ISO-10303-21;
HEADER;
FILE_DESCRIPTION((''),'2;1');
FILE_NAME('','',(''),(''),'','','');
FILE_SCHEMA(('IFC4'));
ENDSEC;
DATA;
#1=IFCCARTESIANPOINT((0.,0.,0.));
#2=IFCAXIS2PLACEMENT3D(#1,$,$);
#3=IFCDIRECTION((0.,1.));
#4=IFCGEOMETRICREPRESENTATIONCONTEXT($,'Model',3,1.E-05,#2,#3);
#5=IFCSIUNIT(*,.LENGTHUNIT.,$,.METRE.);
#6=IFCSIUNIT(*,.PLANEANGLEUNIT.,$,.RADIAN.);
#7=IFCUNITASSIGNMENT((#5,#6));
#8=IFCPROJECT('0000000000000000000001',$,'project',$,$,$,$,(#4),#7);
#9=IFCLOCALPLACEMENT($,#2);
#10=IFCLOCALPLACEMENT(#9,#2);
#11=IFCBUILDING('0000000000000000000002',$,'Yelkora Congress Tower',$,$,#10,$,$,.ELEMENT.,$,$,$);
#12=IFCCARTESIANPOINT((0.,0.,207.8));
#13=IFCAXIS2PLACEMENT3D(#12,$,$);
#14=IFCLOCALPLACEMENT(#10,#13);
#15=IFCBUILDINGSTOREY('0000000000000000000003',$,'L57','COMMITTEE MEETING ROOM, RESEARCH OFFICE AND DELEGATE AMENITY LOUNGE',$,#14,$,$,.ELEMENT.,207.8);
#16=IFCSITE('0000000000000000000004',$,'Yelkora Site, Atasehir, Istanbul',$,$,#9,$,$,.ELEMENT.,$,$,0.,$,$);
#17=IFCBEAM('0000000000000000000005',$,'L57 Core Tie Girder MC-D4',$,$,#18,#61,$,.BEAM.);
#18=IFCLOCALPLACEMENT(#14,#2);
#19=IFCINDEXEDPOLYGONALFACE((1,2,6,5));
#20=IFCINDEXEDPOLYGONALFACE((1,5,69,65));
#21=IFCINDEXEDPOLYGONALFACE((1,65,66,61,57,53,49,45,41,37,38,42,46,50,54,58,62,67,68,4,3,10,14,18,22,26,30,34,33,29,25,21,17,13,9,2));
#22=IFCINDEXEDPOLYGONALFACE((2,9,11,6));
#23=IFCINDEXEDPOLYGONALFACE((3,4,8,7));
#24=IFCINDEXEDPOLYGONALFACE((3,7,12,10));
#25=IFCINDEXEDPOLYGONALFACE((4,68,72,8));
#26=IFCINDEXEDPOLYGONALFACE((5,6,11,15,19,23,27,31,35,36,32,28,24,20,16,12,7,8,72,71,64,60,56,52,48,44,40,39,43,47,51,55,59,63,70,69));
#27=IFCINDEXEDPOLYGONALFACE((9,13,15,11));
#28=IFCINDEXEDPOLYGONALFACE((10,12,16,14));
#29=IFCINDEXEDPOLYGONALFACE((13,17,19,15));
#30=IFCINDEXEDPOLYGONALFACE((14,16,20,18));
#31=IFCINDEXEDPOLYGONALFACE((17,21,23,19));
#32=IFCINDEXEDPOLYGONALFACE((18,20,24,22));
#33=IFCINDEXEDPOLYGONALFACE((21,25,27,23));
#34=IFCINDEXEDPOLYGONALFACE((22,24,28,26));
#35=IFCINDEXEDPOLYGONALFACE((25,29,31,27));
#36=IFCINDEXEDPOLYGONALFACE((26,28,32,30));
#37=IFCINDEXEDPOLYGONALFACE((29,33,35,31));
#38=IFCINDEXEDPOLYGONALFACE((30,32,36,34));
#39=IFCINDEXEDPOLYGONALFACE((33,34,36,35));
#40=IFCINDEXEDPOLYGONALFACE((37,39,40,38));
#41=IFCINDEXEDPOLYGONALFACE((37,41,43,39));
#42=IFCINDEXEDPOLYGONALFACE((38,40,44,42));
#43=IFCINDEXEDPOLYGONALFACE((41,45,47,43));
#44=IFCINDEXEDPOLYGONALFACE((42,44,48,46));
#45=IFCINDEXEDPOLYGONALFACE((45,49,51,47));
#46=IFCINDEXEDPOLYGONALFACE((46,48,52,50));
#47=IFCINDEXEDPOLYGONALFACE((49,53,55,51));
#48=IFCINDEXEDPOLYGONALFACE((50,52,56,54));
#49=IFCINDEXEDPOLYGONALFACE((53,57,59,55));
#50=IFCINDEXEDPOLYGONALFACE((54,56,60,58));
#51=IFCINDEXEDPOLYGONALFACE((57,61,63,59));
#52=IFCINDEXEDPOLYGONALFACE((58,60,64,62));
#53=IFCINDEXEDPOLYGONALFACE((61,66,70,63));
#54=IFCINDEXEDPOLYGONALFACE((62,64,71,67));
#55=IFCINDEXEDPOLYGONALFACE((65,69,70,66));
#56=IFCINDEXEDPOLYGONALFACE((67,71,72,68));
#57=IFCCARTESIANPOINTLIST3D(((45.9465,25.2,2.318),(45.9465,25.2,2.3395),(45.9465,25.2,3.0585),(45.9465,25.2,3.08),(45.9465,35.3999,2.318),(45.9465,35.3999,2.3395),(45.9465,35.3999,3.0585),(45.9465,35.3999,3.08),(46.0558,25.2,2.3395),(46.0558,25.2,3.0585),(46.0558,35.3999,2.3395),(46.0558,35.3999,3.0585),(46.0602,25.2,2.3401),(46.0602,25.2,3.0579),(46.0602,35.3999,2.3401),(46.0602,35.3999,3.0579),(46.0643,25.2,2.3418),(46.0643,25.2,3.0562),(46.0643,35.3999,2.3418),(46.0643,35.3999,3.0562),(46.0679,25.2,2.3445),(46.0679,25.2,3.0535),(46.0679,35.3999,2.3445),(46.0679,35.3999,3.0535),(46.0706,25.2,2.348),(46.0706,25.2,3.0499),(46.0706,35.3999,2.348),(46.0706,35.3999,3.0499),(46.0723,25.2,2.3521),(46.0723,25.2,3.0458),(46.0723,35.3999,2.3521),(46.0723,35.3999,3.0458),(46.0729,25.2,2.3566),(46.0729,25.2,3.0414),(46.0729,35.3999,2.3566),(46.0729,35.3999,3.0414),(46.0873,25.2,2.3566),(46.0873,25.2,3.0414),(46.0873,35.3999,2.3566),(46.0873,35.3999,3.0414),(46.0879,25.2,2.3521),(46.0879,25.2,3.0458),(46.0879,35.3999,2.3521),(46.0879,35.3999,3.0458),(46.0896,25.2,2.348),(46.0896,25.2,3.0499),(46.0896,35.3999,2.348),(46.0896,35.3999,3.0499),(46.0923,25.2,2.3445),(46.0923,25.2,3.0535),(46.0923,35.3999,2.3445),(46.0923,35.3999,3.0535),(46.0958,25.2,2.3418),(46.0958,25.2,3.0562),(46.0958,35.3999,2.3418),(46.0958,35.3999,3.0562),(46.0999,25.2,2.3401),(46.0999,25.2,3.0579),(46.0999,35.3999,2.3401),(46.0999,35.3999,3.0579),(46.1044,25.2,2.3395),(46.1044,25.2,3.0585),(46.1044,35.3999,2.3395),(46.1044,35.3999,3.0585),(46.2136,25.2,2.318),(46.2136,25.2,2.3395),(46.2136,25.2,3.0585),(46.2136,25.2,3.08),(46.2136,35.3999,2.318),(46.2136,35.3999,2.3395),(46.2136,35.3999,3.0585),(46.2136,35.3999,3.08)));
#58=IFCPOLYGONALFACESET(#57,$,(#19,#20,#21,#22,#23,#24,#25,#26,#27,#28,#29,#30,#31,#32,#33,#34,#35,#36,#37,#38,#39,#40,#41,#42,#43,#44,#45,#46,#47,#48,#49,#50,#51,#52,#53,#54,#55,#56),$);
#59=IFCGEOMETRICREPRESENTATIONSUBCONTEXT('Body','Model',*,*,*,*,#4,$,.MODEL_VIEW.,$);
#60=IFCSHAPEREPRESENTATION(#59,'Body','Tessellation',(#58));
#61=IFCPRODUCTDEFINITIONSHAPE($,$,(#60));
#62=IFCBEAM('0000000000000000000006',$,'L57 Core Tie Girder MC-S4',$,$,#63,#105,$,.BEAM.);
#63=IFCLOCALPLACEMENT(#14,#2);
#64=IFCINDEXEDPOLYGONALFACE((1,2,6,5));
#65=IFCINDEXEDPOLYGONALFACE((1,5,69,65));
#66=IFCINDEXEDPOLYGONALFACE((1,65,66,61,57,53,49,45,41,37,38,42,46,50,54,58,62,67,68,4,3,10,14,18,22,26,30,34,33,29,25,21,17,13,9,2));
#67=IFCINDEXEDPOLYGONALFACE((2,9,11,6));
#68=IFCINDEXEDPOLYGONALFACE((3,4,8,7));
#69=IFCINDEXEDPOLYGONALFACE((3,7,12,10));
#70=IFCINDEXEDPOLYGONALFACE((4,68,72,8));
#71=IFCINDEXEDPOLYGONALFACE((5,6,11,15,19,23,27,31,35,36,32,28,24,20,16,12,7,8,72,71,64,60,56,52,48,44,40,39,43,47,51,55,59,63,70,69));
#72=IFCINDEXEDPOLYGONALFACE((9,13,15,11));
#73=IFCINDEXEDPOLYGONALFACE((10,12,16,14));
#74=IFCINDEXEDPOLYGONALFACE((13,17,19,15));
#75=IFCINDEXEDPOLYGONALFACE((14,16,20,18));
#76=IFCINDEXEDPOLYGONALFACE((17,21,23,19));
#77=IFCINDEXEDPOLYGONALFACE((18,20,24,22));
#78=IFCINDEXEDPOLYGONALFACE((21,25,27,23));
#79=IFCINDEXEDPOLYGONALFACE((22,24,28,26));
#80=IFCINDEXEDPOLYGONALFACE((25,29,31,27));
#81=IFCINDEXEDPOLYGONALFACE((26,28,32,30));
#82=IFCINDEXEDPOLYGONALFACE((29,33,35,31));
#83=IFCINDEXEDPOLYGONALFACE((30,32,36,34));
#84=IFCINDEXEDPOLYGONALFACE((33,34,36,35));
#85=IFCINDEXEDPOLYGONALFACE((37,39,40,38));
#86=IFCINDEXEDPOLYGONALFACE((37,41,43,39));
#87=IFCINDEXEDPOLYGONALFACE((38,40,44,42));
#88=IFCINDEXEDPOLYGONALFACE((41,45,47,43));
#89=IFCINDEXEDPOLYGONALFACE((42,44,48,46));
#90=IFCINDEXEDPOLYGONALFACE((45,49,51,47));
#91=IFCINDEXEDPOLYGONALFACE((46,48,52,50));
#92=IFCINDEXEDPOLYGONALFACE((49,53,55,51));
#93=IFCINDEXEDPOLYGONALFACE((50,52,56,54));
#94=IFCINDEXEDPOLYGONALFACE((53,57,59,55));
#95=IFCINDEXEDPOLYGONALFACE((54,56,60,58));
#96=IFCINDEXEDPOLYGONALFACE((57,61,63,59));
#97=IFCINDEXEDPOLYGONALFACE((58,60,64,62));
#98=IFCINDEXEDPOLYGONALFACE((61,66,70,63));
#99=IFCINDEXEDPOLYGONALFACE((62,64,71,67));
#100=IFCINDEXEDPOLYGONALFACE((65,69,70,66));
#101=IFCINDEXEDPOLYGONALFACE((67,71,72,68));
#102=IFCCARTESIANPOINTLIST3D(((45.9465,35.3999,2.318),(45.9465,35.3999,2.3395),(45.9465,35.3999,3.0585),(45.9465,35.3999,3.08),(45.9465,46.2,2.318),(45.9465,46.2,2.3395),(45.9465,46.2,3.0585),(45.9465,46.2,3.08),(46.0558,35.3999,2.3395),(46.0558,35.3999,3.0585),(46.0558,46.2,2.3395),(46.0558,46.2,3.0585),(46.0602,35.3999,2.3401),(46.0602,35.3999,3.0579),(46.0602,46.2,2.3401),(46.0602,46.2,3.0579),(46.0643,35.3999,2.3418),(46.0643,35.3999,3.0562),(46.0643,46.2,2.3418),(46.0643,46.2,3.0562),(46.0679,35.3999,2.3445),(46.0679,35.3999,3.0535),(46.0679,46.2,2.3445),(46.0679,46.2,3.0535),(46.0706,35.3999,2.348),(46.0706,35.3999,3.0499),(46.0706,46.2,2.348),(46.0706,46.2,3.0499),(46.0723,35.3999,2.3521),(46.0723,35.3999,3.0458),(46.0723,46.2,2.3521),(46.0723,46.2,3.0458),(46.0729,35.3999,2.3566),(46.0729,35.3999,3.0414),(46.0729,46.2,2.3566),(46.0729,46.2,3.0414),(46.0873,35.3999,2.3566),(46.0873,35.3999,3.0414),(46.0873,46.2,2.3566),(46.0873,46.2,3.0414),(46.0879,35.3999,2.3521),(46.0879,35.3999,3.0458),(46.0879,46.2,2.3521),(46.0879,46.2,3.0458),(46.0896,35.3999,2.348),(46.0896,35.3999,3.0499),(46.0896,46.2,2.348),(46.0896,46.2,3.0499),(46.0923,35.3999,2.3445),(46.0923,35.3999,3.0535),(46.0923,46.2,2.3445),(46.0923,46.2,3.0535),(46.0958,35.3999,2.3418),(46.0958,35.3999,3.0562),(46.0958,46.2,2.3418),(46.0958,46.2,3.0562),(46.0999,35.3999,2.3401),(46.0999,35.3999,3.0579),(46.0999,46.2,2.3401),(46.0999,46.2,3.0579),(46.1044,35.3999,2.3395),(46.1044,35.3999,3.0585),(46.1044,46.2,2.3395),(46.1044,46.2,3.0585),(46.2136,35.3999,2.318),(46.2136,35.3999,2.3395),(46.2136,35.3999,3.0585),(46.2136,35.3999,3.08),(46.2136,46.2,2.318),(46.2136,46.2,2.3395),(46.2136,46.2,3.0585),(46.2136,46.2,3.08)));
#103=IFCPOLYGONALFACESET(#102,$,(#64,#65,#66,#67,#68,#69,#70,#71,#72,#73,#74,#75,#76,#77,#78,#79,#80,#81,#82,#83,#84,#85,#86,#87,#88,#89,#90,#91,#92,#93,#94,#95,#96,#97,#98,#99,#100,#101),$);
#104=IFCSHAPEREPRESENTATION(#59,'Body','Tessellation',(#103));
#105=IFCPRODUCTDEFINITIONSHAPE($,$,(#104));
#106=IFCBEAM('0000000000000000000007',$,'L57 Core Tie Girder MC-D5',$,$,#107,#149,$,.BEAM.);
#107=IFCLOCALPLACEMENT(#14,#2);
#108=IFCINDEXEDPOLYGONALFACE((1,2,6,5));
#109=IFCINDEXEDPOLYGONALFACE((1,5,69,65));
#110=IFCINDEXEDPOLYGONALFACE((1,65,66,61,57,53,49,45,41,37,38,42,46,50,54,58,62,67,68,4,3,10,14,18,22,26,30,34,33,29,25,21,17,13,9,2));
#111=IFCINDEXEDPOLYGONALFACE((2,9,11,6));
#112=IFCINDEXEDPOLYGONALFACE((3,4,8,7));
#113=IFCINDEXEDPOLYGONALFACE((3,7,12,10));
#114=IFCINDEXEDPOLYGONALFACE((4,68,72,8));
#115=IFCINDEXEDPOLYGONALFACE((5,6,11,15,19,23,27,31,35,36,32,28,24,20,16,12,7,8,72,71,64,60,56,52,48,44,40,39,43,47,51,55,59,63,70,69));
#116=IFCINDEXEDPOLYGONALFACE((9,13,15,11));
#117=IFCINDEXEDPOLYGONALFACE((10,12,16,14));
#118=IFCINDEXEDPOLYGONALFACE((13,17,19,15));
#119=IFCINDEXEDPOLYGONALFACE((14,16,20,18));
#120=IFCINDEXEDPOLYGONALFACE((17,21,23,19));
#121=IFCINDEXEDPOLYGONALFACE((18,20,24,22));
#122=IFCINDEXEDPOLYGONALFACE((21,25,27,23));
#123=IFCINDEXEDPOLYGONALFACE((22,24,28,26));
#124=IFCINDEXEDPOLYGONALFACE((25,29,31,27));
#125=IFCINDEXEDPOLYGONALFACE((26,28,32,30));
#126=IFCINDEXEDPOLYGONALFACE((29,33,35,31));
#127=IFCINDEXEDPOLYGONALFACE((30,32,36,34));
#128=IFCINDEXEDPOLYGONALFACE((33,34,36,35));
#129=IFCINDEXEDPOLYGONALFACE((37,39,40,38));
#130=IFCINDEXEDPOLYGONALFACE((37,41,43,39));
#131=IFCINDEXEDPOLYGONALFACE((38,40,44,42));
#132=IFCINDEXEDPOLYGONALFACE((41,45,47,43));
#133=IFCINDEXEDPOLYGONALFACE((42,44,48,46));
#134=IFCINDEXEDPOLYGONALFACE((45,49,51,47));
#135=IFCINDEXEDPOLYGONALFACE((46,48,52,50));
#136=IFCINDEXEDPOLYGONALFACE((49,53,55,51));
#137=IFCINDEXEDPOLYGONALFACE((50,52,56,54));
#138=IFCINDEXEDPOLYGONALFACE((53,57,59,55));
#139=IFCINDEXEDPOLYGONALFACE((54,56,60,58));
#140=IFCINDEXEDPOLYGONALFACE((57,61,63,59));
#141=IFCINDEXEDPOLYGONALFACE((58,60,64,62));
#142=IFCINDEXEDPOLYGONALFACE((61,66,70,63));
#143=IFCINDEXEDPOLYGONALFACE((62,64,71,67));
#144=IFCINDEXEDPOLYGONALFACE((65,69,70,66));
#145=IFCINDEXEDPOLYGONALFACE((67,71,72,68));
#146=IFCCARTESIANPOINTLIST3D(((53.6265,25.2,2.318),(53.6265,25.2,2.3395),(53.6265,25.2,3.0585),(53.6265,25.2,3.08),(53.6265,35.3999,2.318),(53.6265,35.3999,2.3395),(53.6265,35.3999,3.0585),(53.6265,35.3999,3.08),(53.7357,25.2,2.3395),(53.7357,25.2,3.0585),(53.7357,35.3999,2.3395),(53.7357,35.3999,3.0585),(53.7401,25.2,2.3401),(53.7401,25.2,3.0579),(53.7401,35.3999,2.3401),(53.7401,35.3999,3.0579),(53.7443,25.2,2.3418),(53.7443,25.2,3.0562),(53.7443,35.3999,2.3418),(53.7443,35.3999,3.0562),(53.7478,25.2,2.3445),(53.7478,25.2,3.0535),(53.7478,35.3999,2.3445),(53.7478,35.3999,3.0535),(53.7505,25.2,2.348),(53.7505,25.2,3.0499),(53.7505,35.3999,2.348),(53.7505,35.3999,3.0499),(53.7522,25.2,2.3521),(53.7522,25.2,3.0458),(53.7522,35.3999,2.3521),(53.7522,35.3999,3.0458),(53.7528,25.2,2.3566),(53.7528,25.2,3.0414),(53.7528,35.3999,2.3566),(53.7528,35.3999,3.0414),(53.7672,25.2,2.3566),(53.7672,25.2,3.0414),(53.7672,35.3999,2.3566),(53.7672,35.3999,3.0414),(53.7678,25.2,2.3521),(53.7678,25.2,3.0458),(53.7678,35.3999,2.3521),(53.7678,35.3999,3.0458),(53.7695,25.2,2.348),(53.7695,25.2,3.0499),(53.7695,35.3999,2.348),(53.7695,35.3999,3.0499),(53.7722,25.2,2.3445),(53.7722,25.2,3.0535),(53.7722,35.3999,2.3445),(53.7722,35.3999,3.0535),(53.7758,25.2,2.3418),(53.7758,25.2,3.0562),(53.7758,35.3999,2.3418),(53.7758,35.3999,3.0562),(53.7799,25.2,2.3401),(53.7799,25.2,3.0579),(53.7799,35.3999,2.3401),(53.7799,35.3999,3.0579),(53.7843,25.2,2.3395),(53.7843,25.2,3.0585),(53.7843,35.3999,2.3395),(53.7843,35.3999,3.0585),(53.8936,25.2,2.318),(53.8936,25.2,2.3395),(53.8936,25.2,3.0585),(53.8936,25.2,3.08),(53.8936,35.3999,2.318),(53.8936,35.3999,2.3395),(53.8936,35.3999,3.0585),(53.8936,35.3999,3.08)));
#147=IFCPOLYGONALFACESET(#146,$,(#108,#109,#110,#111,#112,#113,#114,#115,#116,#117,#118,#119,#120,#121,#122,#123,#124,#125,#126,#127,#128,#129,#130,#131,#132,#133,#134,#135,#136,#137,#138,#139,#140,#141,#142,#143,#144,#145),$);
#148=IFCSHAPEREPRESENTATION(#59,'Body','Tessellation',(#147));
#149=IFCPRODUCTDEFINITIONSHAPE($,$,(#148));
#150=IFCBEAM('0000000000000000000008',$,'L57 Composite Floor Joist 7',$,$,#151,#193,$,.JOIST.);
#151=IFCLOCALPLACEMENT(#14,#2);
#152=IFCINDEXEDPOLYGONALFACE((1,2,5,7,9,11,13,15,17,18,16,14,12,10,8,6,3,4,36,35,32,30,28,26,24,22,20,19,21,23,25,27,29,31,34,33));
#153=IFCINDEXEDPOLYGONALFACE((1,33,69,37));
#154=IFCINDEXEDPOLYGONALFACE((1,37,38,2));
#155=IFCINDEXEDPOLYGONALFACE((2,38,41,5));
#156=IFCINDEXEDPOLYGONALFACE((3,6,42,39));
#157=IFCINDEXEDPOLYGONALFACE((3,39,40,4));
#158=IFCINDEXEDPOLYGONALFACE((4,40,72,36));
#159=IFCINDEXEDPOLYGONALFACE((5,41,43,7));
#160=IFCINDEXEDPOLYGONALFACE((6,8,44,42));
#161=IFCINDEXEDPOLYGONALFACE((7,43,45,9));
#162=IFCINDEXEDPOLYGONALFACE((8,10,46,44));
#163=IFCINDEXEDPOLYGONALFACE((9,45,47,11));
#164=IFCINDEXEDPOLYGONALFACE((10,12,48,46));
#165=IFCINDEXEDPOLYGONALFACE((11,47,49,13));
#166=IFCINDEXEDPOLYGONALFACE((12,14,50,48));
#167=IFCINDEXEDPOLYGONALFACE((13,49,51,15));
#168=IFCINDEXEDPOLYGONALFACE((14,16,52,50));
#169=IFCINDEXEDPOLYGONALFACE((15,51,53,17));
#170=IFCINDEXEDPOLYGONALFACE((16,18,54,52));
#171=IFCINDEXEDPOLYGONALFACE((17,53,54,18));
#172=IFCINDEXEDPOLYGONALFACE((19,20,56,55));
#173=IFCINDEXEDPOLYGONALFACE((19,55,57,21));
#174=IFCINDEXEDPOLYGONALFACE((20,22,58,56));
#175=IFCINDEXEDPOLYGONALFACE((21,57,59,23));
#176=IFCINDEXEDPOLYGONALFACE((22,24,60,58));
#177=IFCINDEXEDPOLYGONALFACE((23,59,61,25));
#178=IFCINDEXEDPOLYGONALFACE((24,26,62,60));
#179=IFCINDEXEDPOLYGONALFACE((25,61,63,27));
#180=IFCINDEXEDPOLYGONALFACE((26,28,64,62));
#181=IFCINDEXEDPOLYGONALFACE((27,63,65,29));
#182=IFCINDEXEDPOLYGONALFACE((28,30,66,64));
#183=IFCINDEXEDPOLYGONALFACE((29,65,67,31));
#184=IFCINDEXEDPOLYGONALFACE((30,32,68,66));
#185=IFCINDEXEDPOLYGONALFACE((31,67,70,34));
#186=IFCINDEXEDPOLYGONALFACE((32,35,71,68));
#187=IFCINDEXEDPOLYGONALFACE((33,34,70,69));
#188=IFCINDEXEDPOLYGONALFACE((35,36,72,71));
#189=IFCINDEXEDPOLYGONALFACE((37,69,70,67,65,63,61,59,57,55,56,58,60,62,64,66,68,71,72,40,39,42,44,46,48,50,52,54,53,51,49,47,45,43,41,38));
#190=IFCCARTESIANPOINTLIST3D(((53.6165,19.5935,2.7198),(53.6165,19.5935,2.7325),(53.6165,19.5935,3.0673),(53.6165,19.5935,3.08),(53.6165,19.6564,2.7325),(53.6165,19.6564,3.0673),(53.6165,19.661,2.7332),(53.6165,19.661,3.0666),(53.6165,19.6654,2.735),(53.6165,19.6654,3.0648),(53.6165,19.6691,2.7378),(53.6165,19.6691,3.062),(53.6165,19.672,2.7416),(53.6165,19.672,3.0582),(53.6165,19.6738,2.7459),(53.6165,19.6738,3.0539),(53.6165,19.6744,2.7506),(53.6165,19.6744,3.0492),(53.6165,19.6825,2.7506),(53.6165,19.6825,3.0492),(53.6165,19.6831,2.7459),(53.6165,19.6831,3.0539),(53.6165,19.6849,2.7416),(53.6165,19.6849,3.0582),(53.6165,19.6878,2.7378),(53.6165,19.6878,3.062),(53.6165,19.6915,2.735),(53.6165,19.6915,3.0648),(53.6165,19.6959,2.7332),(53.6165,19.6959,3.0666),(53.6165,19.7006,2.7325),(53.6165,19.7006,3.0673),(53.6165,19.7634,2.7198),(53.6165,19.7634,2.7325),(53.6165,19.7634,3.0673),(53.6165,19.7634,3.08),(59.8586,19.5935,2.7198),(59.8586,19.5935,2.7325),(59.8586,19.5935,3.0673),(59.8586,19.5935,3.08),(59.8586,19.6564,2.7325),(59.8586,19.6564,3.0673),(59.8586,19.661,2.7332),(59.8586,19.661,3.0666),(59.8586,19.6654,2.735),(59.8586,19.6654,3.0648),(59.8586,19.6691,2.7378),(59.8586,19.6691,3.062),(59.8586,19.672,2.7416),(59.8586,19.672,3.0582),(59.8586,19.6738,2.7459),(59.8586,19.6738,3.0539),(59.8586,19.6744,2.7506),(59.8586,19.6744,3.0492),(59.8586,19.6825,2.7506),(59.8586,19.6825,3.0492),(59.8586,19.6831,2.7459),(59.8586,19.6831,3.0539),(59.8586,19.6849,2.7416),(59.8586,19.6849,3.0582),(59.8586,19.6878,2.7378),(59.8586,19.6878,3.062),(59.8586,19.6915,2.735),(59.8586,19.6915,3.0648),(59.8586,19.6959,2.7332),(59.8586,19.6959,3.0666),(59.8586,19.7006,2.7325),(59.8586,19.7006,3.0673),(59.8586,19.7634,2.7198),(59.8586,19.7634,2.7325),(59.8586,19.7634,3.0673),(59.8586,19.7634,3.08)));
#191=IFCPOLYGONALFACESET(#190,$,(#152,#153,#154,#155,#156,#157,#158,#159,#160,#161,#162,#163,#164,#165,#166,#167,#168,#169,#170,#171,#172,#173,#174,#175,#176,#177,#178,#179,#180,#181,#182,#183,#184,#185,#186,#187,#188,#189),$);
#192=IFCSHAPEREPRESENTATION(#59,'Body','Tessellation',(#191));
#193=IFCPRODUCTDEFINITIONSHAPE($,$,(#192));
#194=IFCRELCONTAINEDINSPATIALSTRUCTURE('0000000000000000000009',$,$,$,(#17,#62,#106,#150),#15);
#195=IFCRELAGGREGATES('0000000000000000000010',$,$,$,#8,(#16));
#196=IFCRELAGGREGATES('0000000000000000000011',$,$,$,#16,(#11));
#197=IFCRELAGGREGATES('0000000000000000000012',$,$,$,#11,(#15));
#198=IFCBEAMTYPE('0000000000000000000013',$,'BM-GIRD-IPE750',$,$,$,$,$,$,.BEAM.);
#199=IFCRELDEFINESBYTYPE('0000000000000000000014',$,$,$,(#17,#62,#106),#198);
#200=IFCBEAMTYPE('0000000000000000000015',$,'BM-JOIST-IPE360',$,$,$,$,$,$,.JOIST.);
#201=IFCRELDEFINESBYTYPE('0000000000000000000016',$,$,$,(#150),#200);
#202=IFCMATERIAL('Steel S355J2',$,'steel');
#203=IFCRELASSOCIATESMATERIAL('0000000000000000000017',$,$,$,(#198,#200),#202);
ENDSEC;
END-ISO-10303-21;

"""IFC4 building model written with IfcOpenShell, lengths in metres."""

from ifc_helpers import new_model, si_unit, direction, frame, origin, origin_2d, place, context, subcontext, project, spatial, i_section, extrude, material, material_profile, profile_set, type_object, element, save


model = new_model("IFC4")

# Units and contexts
model_context = context("Model", 3, precision=1e-05, world=origin(), true_north=direction((0.0, 1.0)))
body_context = subcontext(model_context, "Body", "Model", "MODEL_VIEW")
ifc_project = project(units=[si_unit("LENGTHUNIT", "METRE"), si_unit("PLANEANGLEUNIT", "RADIAN")], contexts=[model_context])

# Site, building, storey
site_placement = place(None, origin())
site = spatial("IfcSite", under=ifc_project, at=site_placement, Name="Yelkora Site, Atasehir, Istanbul", CompositionType="ELEMENT", RefElevation=0.0)
building_placement = place(site_placement, origin())
building = spatial("IfcBuilding", under=site, at=building_placement, Name="Yelkora Congress Tower", CompositionType="ELEMENT")
storey_placement = place(building_placement, frame((0.0, 0.0, 207.8)))
storey = spatial("IfcBuildingStorey", under=building, at=storey_placement, Name="L57", Description="COMMITTEE MEETING ROOM, RESEARCH OFFICE AND DELEGATE AMENITY LOUNGE", CompositionType="ELEMENT", Elevation=207.8)

# Beams
ifc_material_1 = material(Name="Steel S355J2", Category="steel")
ifc_material_profile_1 = material_profile(ifc_material_1, i_section(OverallWidth=0.2671, OverallDepth=0.762, WebThickness=0.0144, FlangeThickness=0.0215, FilletRadius=0.0171, at=origin_2d()), Name="IPE 750x173")
ifc_profile_set_1 = profile_set([ifc_material_profile_1], Name="Steel S355J2")
beam_type_1 = type_object("IfcBeamType", Name="BM-GIRD-IPE750", PredefinedType="BEAM", material=ifc_profile_set_1)
beam_1_placement = place(storey_placement, frame((46.0801, 25.2, 2.699), z_axis=(0.0, 1.0, 0.0), x_axis=(-1.0, 0.0, 0.0)))
element("IfcBeam", 1, at=beam_1_placement, inside=storey, type_object=beam_type_1, Name="L57 Core Tie Girder MC-D4", PredefinedType="BEAM", context=body_context, shape_type="SweptSolid", body=[
    extrude(i_section(OverallWidth=0.2671, OverallDepth=0.762, WebThickness=0.0144, FlangeThickness=0.0215, FilletRadius=0.0171, at=origin_2d()), origin(), (0.0, 0.0, 1.0), 10.2),
])
beam_2_placement = place(storey_placement, frame((46.0801, 35.3999, 2.699), z_axis=(0.0, 1.0, 0.0), x_axis=(-1.0, 0.0, 0.0)))
element("IfcBeam", 2, at=beam_2_placement, inside=storey, type_object=beam_type_1, Name="L57 Core Tie Girder MC-S4", PredefinedType="BEAM", context=body_context, shape_type="SweptSolid", body=[
    extrude(i_section(OverallWidth=0.2671, OverallDepth=0.762, WebThickness=0.0144, FlangeThickness=0.0215, FilletRadius=0.0171, at=origin_2d()), origin(), (0.0, 0.0, 1.0), 10.8),
])
beam_3_placement = place(storey_placement, frame((53.76, 25.2, 2.699), z_axis=(0.0, 1.0, 0.0), x_axis=(-1.0, 0.0, 0.0)))
element("IfcBeam", 3, at=beam_3_placement, inside=storey, type_object=beam_type_1, Name="L57 Core Tie Girder MC-D5", PredefinedType="BEAM", context=body_context, shape_type="SweptSolid", body=[
    extrude(i_section(OverallWidth=0.2671, OverallDepth=0.762, WebThickness=0.0144, FlangeThickness=0.0215, FilletRadius=0.0171, at=origin_2d()), origin(), (0.0, 0.0, 1.0), 10.2),
])
ifc_material_profile_2 = material_profile(ifc_material_1, i_section(OverallWidth=0.1699, OverallDepth=0.3601, WebThickness=0.0081, FlangeThickness=0.0127, FilletRadius=0.0181, at=origin_2d()), Name="IPE 360")
ifc_profile_set_2 = profile_set([ifc_material_profile_2], Name="Steel S355J2")
beam_type_2 = type_object("IfcBeamType", Name="BM-JOIST-IPE360", PredefinedType="JOIST", material=ifc_profile_set_2)
beam_4_placement = place(storey_placement, frame((53.6165, 19.6785, 2.8999), z_axis=(1.0, 0.0, 0.0), x_axis=(0.0, 1.0, 0.0)))
element("IfcBeam", 4, at=beam_4_placement, inside=storey, type_object=beam_type_2, Name="L57 Composite Floor Joist 7", PredefinedType="JOIST", context=body_context, shape_type="SweptSolid", body=[
    extrude(i_section(OverallWidth=0.1699, OverallDepth=0.3601, WebThickness=0.0081, FlangeThickness=0.0127, FilletRadius=0.0181, at=origin_2d()), origin(), (0.0, 0.0, 1.0), 6.2422),
])

save(model, "model.ifc")
